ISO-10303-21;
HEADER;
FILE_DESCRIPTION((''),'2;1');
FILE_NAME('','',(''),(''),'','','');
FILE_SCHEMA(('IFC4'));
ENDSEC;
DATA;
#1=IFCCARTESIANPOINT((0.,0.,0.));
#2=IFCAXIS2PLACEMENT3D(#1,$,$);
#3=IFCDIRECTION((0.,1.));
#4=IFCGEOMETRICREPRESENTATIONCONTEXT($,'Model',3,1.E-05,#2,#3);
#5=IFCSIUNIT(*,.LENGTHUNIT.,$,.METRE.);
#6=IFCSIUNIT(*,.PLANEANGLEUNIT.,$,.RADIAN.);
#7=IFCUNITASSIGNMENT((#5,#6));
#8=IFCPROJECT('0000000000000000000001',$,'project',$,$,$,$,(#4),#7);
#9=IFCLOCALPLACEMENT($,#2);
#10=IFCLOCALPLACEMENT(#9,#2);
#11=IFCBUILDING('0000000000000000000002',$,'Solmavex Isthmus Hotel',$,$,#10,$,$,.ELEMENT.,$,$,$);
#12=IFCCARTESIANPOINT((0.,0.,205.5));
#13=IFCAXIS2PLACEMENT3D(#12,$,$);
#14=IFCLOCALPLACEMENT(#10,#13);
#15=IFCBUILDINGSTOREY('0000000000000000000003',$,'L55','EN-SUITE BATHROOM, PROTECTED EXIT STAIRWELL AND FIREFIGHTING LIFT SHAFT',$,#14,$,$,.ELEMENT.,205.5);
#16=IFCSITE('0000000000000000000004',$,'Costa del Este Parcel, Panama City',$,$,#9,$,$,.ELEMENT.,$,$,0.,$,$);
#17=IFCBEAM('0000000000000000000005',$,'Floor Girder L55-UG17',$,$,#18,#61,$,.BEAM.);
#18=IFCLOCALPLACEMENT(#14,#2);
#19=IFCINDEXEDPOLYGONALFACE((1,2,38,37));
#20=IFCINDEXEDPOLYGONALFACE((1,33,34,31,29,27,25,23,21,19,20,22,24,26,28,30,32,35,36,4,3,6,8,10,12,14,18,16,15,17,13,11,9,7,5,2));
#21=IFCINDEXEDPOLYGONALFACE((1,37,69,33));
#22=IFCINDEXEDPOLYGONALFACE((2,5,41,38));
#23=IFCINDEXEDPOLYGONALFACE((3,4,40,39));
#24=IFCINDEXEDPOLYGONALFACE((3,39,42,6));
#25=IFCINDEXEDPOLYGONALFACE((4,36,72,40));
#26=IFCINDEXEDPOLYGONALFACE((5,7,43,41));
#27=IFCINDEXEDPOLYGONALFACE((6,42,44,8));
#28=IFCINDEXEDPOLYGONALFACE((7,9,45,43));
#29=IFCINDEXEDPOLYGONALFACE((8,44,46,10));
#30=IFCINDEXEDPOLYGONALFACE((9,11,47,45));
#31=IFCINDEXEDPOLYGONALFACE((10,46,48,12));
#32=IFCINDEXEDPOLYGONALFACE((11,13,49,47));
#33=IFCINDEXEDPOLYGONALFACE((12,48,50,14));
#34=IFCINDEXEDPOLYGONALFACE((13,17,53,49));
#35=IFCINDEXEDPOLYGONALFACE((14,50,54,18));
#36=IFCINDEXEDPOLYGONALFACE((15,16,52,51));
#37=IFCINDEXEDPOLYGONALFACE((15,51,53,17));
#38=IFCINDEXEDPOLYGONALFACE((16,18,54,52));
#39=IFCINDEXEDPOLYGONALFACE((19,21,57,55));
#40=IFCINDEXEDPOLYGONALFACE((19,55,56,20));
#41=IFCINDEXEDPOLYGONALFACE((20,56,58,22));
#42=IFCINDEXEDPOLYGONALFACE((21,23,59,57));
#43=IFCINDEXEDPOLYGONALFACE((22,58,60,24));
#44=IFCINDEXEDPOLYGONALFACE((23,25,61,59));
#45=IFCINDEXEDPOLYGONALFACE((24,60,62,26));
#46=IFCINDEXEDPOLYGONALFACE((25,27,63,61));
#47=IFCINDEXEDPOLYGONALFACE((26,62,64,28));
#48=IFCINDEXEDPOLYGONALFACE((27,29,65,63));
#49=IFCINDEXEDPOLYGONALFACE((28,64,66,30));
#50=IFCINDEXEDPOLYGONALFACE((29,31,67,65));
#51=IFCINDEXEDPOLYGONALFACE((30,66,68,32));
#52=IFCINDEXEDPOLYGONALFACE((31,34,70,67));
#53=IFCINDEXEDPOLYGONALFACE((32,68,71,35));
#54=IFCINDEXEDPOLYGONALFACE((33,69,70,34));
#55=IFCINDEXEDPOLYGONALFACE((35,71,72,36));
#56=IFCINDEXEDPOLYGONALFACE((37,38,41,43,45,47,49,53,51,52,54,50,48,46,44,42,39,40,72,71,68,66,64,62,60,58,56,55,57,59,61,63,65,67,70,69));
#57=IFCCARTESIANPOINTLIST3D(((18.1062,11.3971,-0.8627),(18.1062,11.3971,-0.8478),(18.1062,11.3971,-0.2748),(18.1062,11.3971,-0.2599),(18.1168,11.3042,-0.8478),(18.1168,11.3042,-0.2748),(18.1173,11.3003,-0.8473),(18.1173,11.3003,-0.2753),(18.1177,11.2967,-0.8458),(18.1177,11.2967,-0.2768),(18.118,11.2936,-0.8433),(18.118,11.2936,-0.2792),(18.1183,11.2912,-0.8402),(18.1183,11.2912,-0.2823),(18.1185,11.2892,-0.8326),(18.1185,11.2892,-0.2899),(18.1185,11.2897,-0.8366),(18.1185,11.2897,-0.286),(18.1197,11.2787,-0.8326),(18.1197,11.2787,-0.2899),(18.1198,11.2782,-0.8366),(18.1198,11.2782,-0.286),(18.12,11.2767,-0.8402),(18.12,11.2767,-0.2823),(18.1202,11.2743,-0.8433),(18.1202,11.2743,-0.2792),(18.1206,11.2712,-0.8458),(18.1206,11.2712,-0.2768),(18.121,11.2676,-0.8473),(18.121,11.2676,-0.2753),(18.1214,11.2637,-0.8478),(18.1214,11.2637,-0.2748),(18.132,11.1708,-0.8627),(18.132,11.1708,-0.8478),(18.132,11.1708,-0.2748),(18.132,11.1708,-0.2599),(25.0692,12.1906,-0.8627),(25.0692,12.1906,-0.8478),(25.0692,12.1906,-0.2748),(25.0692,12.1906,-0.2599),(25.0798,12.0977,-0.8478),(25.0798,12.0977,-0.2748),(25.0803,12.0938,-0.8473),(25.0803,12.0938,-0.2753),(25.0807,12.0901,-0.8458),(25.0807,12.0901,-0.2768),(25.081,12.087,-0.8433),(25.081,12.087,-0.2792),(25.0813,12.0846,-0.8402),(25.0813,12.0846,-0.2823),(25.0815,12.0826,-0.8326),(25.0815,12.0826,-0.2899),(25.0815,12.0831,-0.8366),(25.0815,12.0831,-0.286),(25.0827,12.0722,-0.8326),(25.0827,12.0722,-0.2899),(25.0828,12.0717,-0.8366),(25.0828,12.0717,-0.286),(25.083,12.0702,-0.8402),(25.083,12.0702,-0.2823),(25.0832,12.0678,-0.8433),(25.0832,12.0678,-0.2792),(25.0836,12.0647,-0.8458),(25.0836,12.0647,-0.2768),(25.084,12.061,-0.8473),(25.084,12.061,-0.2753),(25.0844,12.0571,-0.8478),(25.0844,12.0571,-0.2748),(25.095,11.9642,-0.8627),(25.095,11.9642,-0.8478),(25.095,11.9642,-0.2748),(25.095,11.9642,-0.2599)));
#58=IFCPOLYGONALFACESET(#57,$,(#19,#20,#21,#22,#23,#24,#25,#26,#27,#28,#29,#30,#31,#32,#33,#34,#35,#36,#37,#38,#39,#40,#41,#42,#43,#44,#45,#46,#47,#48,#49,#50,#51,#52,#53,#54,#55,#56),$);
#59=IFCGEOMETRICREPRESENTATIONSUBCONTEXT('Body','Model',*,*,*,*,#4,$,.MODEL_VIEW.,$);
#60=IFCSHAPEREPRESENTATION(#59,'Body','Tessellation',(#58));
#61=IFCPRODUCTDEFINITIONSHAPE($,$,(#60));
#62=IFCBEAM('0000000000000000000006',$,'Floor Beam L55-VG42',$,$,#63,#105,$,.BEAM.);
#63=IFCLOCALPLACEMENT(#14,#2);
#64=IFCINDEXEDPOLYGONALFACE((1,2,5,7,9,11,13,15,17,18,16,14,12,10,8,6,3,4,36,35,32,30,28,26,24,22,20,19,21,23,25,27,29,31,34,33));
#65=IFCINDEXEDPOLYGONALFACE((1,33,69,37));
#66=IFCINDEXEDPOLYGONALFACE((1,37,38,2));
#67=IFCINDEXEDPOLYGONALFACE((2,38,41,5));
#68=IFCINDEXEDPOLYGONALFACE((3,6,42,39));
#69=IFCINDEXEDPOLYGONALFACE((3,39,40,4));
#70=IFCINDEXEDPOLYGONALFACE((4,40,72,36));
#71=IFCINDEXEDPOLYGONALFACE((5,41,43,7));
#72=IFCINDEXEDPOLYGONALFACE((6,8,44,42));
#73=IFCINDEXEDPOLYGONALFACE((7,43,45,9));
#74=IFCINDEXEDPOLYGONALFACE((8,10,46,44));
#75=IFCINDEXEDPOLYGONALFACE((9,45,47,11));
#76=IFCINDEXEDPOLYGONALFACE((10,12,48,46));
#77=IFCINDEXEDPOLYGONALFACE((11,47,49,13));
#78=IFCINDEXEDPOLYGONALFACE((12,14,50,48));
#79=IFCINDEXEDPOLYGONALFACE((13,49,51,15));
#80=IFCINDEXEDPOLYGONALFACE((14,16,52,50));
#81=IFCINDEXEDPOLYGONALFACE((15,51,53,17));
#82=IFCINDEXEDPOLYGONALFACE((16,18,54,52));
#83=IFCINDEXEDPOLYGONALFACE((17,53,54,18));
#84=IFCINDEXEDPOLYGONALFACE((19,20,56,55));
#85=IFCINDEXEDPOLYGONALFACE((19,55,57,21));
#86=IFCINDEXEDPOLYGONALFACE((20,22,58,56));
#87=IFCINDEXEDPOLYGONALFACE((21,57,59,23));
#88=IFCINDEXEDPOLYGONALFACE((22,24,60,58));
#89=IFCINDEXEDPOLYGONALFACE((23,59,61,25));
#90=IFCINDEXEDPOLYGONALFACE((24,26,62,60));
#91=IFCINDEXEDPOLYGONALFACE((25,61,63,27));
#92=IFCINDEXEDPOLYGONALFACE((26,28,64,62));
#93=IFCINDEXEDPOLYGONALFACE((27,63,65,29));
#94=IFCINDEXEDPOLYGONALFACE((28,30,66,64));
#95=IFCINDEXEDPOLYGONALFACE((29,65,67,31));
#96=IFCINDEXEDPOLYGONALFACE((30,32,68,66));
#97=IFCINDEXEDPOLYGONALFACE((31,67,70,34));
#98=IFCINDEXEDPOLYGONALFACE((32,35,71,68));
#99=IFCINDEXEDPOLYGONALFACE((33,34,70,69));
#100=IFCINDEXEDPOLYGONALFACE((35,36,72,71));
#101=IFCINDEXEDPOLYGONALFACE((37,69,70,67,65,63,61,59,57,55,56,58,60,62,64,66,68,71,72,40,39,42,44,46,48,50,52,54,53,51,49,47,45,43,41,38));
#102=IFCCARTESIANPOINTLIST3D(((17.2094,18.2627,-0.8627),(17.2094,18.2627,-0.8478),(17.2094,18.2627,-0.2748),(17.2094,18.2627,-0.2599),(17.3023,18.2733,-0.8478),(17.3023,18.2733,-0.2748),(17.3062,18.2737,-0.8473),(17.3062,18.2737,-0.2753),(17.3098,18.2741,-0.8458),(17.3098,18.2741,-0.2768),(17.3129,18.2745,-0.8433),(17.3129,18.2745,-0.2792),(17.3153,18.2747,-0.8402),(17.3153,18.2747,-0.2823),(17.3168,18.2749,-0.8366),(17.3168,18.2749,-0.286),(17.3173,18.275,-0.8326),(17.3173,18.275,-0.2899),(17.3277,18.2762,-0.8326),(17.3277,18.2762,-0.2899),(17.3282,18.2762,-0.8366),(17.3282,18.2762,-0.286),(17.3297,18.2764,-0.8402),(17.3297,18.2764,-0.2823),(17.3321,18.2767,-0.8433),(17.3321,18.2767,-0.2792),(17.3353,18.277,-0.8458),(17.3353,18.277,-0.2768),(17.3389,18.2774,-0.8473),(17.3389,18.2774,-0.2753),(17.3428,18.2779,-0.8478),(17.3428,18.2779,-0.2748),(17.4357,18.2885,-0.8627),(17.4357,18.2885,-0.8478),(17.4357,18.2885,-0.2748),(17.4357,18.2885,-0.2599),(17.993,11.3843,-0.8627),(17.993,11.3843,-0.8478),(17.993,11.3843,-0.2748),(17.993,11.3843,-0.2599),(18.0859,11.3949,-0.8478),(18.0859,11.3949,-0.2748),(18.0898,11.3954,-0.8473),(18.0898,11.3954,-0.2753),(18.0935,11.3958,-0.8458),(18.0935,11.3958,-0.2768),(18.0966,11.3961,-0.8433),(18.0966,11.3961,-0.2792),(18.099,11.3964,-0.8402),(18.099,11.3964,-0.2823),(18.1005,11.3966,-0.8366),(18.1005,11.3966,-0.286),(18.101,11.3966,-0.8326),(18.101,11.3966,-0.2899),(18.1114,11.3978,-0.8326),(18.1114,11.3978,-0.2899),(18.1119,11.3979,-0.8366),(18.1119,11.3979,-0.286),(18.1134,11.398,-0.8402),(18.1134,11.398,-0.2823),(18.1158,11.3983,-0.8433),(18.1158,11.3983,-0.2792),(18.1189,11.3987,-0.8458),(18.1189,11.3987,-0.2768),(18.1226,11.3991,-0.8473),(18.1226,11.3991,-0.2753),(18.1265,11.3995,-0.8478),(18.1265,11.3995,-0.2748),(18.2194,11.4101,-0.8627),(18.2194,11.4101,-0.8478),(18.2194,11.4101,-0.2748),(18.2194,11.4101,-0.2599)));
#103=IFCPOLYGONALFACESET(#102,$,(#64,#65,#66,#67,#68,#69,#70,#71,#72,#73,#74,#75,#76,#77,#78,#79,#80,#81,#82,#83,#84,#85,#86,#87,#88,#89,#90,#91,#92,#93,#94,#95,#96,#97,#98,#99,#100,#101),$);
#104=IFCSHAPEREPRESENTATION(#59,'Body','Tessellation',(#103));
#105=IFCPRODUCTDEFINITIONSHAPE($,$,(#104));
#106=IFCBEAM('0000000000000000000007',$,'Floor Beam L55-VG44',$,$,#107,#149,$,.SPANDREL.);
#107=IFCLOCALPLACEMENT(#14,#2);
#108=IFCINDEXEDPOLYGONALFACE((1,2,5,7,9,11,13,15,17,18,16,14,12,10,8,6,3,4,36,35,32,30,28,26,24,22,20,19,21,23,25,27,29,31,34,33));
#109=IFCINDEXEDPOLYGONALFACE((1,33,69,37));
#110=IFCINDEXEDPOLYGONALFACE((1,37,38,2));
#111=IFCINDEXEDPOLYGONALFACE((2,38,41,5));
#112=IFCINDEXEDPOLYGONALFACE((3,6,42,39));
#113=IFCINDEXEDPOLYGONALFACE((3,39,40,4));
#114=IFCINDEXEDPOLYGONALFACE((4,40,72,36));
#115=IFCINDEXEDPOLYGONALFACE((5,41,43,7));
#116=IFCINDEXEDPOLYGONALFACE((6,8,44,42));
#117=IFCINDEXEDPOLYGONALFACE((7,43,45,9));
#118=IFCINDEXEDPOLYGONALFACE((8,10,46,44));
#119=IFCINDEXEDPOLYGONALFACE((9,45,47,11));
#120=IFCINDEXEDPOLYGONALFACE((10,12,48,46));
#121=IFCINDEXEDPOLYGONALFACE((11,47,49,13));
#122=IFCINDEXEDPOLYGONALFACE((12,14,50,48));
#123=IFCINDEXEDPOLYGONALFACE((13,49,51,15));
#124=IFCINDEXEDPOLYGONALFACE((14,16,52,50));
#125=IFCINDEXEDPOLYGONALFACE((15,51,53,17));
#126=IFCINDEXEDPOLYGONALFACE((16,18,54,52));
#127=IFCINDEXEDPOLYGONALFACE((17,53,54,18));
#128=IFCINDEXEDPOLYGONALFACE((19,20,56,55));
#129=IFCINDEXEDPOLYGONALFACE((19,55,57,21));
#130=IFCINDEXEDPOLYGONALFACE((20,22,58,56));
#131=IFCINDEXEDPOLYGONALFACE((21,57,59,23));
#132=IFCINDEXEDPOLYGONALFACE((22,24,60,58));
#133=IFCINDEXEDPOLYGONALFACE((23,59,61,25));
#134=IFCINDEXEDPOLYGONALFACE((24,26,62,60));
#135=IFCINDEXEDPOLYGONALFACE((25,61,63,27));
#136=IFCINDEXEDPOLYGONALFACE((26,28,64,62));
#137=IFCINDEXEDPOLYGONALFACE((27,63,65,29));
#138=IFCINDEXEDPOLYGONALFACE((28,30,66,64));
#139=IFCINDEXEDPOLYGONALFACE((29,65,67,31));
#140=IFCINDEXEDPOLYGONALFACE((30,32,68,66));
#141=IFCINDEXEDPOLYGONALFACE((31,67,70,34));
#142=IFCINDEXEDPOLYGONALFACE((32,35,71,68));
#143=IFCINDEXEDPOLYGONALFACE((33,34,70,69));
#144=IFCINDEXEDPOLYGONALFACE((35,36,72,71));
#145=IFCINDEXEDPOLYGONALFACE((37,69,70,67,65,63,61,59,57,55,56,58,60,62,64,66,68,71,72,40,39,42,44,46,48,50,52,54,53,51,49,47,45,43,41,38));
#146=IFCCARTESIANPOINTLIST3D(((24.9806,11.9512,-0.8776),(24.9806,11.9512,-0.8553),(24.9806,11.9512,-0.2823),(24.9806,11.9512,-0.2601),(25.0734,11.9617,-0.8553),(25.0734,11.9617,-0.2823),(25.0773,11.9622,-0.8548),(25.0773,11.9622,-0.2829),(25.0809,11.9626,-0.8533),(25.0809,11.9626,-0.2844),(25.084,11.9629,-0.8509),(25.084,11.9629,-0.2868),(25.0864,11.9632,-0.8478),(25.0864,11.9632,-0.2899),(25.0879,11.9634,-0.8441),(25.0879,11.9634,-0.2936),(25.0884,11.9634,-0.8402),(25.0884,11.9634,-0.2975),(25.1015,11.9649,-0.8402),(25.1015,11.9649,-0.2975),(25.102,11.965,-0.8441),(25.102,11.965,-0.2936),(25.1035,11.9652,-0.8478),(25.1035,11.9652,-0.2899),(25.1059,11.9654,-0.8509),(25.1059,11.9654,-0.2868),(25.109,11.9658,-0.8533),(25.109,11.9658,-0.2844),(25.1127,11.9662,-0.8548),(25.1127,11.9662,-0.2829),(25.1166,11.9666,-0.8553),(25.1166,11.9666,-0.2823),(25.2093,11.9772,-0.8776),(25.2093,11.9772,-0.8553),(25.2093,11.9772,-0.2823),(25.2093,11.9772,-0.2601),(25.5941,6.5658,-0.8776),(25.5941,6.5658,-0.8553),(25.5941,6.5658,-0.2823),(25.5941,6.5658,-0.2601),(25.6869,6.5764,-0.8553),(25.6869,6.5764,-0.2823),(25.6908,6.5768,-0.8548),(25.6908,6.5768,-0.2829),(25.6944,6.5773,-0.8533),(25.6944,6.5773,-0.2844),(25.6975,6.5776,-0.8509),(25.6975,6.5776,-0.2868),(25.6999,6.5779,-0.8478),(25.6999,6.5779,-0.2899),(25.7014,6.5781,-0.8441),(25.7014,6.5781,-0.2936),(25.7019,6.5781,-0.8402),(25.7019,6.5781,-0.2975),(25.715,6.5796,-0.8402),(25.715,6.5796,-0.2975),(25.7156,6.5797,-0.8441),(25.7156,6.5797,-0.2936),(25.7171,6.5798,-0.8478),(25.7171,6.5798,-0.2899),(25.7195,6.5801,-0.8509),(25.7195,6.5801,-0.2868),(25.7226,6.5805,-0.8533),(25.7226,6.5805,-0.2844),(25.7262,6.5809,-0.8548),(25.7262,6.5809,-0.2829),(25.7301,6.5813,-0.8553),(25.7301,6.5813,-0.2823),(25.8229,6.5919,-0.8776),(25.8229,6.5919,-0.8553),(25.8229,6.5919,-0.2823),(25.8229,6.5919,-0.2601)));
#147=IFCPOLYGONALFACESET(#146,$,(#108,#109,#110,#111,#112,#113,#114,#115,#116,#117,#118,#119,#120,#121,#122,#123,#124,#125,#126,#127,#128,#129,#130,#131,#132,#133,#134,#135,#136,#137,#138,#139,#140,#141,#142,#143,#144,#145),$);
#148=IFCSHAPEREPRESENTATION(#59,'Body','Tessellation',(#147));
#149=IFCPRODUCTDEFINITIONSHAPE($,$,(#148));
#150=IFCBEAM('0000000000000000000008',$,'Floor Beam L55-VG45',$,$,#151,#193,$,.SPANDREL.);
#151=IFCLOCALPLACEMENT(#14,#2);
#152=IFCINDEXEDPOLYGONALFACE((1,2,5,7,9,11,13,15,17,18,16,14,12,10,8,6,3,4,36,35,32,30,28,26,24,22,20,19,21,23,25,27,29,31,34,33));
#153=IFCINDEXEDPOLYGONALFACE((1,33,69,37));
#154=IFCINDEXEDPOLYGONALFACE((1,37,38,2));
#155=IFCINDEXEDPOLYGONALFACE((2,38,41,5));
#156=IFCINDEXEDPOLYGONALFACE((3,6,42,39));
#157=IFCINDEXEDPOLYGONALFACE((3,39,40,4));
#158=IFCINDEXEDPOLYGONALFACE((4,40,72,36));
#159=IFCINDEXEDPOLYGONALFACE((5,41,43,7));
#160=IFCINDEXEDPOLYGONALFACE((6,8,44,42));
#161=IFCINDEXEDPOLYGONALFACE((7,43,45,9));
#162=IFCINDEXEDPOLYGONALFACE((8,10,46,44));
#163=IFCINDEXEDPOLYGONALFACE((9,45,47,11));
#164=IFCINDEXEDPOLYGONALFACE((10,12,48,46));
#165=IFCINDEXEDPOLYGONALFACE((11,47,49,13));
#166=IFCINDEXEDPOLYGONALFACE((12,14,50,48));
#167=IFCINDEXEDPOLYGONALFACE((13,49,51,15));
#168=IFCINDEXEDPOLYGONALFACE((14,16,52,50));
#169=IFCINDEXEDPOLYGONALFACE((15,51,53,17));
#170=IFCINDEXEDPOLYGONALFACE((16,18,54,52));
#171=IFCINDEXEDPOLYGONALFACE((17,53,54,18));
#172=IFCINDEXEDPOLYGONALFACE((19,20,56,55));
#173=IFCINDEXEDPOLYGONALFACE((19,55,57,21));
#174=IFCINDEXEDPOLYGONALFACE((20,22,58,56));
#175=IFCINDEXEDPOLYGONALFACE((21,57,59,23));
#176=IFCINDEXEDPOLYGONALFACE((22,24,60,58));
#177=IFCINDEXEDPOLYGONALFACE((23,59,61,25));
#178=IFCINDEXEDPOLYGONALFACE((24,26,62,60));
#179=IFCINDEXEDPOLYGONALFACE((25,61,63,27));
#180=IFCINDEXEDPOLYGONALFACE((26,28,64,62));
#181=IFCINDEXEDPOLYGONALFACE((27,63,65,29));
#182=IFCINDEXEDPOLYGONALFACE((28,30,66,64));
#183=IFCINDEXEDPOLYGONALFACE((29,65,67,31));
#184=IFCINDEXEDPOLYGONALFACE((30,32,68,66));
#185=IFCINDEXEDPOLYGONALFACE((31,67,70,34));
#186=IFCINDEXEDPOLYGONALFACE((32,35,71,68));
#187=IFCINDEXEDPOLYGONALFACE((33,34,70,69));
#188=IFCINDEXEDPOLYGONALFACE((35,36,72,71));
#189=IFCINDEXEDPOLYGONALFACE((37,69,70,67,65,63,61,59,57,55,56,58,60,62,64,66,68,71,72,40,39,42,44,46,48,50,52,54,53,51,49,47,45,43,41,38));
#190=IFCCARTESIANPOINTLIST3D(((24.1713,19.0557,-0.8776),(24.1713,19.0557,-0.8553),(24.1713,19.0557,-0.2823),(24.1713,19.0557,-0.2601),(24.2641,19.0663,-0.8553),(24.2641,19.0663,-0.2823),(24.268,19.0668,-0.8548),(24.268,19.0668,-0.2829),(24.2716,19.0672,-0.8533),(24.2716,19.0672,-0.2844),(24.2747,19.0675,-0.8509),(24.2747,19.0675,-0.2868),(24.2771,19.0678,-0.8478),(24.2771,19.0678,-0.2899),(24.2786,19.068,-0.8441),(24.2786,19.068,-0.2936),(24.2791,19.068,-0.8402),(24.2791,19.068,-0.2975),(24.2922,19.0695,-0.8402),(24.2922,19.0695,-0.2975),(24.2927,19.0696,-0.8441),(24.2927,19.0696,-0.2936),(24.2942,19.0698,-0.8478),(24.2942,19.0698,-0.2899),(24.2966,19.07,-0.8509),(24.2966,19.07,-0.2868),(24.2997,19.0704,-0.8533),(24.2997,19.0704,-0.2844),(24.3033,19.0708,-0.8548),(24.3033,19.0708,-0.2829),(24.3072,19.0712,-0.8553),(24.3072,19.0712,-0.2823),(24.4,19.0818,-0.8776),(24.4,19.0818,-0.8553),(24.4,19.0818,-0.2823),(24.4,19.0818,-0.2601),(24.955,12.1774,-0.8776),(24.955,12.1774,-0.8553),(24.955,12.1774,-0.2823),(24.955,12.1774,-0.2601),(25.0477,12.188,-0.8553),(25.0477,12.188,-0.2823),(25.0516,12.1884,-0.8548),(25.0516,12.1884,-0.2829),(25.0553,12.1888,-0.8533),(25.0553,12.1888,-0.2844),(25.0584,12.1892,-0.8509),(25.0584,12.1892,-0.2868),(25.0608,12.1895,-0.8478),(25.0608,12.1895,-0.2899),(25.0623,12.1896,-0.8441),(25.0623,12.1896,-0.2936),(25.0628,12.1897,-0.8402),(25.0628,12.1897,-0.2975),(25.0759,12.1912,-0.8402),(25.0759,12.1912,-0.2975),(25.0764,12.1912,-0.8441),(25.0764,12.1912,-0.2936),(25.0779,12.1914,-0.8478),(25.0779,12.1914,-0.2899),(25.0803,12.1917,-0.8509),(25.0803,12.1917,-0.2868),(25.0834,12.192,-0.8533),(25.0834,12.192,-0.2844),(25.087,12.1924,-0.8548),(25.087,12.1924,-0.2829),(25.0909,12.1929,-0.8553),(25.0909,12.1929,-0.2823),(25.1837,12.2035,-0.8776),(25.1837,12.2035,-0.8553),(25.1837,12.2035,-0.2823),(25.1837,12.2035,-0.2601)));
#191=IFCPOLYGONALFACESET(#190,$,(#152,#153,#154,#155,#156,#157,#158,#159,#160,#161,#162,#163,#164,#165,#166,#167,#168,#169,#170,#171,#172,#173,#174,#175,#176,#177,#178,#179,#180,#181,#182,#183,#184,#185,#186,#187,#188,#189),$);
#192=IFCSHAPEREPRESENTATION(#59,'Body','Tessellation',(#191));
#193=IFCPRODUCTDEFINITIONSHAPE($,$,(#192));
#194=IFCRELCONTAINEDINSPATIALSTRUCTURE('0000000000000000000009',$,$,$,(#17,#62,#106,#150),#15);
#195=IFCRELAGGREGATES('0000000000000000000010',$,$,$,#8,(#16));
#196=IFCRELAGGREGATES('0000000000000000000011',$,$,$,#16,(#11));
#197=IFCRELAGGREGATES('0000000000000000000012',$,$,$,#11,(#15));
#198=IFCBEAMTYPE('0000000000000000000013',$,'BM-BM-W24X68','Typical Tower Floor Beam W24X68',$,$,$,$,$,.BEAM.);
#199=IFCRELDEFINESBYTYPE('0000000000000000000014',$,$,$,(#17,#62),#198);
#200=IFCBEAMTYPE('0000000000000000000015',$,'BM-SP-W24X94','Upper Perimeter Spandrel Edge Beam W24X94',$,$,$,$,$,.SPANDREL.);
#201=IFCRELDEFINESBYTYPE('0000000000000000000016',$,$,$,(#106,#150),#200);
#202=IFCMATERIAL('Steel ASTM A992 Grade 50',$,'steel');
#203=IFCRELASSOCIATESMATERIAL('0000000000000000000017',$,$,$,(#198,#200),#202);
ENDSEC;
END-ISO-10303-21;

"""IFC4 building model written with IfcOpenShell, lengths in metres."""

from ifc_helpers import new_model, si_unit, direction, frame, origin, origin_2d, place, context, subcontext, project, spatial, i_section, extrude, material, material_profile, profile_set, type_object, element, save


model = new_model("IFC4")

# Units and contexts
model_context = context("Model", 3, precision=1e-05, world=origin(), true_north=direction((0.0, 1.0)))
body_context = subcontext(model_context, "Body", "Model", "MODEL_VIEW")
ifc_project = project(units=[si_unit("LENGTHUNIT", "METRE"), si_unit("PLANEANGLEUNIT", "RADIAN")], contexts=[model_context])

# Site, building, storey
site_placement = place(None, origin())
site = spatial("IfcSite", under=ifc_project, at=site_placement, Name="Costa del Este Parcel, Panama City", CompositionType="ELEMENT", RefElevation=0.0)
building_placement = place(site_placement, origin())
building = spatial("IfcBuilding", under=site, at=building_placement, Name="Solmavex Isthmus Hotel", CompositionType="ELEMENT")
storey_placement = place(building_placement, frame((0.0, 0.0, 205.5)))
storey = spatial("IfcBuildingStorey", under=building, at=storey_placement, Name="L55", Description="EN-SUITE BATHROOM, PROTECTED EXIT STAIRWELL AND FIREFIGHTING LIFT SHAFT", CompositionType="ELEMENT", Elevation=205.5)

# Beams
ifc_material_1 = material(Name="Steel ASTM A992 Grade 50", Category="steel")
ifc_material_profile_1 = material_profile(ifc_material_1, i_section(OverallWidth=0.2278, OverallDepth=0.6028, WebThickness=0.0105, FlangeThickness=0.0149, FilletRadius=0.0151, at=origin_2d()), Name="W24X68")
ifc_profile_set_1 = profile_set([ifc_material_profile_1], Name="Steel ASTM A992 Grade 50")
beam_type_1 = type_object("IfcBeamType", Name="BM-BM-W24X68", Description="Typical Tower Floor Beam W24X68", PredefinedType="BEAM", material=ifc_profile_set_1)
beam_1_placement = place(storey_placement, frame((18.1191, 11.2839, -0.5613), z_axis=(0.99357, 0.113222, 0.0), x_axis=(-0.113222, 0.99357, 0.0)))
element("IfcBeam", 1, at=beam_1_placement, inside=storey, type_object=beam_type_1, Name="Floor Girder L55-UG17", PredefinedType="BEAM", context=body_context, shape_type="SweptSolid", body=[
    extrude(i_section(OverallWidth=0.2278, OverallDepth=0.6028, WebThickness=0.0105, FlangeThickness=0.0149, FilletRadius=0.0151, at=origin_2d()), origin(), (0.0, 0.0, 1.0), 7.0081),
])
beam_2_placement = place(storey_placement, frame((18.1062, 11.3972, -0.5613), z_axis=(-0.113202, 0.993572, 0.0), x_axis=(-0.993572, -0.113202, 0.0)))
element("IfcBeam", 2, at=beam_2_placement, inside=storey, type_object=beam_type_1, Name="Floor Beam L55-VG42", PredefinedType="BEAM", context=body_context, shape_type="SweptSolid", body=[
    extrude(i_section(OverallWidth=0.2278, OverallDepth=0.6028, WebThickness=0.0105, FlangeThickness=0.0149, FilletRadius=0.0151, at=origin_2d()), origin(), (0.0, 0.0, 1.0), 6.9229),
])
ifc_material_profile_2 = material_profile(ifc_material_1, i_section(OverallWidth=0.2302, OverallDepth=0.6174, WebThickness=0.0132, FlangeThickness=0.0222, FilletRadius=0.0151, at=origin_2d()), Name="W24X94")
ifc_profile_set_2 = profile_set([ifc_material_profile_2], Name="Steel ASTM A992 Grade 50")
beam_type_2 = type_object("IfcBeamType", Name="BM-SP-W24X94", Description="Upper Perimeter Spandrel Edge Beam W24X94", PredefinedType="SPANDREL", material=ifc_profile_set_2)
beam_3_placement = place(storey_placement, frame((25.7085, 6.5789, -0.5688), z_axis=(-0.113195, 0.993573, 0.0), x_axis=(-0.993573, -0.113195, 0.0)))
element("IfcBeam", 3, at=beam_3_placement, inside=storey, type_object=beam_type_2, Name="Floor Beam L55-VG44", PredefinedType="SPANDREL", context=body_context, shape_type="SweptSolid", body=[
    extrude(i_section(OverallWidth=0.2302, OverallDepth=0.6174, WebThickness=0.0132, FlangeThickness=0.0222, FilletRadius=0.0151, at=origin_2d()), origin(), (0.0, 0.0, 1.0), 5.4202),
])
beam_4_placement = place(storey_placement, frame((25.0693, 12.1904, -0.5688), z_axis=(-0.113202, 0.993572, 0.0), x_axis=(-0.993572, -0.113202, 0.0)))
element("IfcBeam", 4, at=beam_4_placement, inside=storey, type_object=beam_type_2, Name="Floor Beam L55-VG45", PredefinedType="SPANDREL", context=body_context, shape_type="SweptSolid", body=[
    extrude(i_section(OverallWidth=0.2302, OverallDepth=0.6174, WebThickness=0.0132, FlangeThickness=0.0222, FilletRadius=0.0151, at=origin_2d()), origin(), (0.0, 0.0, 1.0), 6.9229),
])

save(model, "model.ifc")
